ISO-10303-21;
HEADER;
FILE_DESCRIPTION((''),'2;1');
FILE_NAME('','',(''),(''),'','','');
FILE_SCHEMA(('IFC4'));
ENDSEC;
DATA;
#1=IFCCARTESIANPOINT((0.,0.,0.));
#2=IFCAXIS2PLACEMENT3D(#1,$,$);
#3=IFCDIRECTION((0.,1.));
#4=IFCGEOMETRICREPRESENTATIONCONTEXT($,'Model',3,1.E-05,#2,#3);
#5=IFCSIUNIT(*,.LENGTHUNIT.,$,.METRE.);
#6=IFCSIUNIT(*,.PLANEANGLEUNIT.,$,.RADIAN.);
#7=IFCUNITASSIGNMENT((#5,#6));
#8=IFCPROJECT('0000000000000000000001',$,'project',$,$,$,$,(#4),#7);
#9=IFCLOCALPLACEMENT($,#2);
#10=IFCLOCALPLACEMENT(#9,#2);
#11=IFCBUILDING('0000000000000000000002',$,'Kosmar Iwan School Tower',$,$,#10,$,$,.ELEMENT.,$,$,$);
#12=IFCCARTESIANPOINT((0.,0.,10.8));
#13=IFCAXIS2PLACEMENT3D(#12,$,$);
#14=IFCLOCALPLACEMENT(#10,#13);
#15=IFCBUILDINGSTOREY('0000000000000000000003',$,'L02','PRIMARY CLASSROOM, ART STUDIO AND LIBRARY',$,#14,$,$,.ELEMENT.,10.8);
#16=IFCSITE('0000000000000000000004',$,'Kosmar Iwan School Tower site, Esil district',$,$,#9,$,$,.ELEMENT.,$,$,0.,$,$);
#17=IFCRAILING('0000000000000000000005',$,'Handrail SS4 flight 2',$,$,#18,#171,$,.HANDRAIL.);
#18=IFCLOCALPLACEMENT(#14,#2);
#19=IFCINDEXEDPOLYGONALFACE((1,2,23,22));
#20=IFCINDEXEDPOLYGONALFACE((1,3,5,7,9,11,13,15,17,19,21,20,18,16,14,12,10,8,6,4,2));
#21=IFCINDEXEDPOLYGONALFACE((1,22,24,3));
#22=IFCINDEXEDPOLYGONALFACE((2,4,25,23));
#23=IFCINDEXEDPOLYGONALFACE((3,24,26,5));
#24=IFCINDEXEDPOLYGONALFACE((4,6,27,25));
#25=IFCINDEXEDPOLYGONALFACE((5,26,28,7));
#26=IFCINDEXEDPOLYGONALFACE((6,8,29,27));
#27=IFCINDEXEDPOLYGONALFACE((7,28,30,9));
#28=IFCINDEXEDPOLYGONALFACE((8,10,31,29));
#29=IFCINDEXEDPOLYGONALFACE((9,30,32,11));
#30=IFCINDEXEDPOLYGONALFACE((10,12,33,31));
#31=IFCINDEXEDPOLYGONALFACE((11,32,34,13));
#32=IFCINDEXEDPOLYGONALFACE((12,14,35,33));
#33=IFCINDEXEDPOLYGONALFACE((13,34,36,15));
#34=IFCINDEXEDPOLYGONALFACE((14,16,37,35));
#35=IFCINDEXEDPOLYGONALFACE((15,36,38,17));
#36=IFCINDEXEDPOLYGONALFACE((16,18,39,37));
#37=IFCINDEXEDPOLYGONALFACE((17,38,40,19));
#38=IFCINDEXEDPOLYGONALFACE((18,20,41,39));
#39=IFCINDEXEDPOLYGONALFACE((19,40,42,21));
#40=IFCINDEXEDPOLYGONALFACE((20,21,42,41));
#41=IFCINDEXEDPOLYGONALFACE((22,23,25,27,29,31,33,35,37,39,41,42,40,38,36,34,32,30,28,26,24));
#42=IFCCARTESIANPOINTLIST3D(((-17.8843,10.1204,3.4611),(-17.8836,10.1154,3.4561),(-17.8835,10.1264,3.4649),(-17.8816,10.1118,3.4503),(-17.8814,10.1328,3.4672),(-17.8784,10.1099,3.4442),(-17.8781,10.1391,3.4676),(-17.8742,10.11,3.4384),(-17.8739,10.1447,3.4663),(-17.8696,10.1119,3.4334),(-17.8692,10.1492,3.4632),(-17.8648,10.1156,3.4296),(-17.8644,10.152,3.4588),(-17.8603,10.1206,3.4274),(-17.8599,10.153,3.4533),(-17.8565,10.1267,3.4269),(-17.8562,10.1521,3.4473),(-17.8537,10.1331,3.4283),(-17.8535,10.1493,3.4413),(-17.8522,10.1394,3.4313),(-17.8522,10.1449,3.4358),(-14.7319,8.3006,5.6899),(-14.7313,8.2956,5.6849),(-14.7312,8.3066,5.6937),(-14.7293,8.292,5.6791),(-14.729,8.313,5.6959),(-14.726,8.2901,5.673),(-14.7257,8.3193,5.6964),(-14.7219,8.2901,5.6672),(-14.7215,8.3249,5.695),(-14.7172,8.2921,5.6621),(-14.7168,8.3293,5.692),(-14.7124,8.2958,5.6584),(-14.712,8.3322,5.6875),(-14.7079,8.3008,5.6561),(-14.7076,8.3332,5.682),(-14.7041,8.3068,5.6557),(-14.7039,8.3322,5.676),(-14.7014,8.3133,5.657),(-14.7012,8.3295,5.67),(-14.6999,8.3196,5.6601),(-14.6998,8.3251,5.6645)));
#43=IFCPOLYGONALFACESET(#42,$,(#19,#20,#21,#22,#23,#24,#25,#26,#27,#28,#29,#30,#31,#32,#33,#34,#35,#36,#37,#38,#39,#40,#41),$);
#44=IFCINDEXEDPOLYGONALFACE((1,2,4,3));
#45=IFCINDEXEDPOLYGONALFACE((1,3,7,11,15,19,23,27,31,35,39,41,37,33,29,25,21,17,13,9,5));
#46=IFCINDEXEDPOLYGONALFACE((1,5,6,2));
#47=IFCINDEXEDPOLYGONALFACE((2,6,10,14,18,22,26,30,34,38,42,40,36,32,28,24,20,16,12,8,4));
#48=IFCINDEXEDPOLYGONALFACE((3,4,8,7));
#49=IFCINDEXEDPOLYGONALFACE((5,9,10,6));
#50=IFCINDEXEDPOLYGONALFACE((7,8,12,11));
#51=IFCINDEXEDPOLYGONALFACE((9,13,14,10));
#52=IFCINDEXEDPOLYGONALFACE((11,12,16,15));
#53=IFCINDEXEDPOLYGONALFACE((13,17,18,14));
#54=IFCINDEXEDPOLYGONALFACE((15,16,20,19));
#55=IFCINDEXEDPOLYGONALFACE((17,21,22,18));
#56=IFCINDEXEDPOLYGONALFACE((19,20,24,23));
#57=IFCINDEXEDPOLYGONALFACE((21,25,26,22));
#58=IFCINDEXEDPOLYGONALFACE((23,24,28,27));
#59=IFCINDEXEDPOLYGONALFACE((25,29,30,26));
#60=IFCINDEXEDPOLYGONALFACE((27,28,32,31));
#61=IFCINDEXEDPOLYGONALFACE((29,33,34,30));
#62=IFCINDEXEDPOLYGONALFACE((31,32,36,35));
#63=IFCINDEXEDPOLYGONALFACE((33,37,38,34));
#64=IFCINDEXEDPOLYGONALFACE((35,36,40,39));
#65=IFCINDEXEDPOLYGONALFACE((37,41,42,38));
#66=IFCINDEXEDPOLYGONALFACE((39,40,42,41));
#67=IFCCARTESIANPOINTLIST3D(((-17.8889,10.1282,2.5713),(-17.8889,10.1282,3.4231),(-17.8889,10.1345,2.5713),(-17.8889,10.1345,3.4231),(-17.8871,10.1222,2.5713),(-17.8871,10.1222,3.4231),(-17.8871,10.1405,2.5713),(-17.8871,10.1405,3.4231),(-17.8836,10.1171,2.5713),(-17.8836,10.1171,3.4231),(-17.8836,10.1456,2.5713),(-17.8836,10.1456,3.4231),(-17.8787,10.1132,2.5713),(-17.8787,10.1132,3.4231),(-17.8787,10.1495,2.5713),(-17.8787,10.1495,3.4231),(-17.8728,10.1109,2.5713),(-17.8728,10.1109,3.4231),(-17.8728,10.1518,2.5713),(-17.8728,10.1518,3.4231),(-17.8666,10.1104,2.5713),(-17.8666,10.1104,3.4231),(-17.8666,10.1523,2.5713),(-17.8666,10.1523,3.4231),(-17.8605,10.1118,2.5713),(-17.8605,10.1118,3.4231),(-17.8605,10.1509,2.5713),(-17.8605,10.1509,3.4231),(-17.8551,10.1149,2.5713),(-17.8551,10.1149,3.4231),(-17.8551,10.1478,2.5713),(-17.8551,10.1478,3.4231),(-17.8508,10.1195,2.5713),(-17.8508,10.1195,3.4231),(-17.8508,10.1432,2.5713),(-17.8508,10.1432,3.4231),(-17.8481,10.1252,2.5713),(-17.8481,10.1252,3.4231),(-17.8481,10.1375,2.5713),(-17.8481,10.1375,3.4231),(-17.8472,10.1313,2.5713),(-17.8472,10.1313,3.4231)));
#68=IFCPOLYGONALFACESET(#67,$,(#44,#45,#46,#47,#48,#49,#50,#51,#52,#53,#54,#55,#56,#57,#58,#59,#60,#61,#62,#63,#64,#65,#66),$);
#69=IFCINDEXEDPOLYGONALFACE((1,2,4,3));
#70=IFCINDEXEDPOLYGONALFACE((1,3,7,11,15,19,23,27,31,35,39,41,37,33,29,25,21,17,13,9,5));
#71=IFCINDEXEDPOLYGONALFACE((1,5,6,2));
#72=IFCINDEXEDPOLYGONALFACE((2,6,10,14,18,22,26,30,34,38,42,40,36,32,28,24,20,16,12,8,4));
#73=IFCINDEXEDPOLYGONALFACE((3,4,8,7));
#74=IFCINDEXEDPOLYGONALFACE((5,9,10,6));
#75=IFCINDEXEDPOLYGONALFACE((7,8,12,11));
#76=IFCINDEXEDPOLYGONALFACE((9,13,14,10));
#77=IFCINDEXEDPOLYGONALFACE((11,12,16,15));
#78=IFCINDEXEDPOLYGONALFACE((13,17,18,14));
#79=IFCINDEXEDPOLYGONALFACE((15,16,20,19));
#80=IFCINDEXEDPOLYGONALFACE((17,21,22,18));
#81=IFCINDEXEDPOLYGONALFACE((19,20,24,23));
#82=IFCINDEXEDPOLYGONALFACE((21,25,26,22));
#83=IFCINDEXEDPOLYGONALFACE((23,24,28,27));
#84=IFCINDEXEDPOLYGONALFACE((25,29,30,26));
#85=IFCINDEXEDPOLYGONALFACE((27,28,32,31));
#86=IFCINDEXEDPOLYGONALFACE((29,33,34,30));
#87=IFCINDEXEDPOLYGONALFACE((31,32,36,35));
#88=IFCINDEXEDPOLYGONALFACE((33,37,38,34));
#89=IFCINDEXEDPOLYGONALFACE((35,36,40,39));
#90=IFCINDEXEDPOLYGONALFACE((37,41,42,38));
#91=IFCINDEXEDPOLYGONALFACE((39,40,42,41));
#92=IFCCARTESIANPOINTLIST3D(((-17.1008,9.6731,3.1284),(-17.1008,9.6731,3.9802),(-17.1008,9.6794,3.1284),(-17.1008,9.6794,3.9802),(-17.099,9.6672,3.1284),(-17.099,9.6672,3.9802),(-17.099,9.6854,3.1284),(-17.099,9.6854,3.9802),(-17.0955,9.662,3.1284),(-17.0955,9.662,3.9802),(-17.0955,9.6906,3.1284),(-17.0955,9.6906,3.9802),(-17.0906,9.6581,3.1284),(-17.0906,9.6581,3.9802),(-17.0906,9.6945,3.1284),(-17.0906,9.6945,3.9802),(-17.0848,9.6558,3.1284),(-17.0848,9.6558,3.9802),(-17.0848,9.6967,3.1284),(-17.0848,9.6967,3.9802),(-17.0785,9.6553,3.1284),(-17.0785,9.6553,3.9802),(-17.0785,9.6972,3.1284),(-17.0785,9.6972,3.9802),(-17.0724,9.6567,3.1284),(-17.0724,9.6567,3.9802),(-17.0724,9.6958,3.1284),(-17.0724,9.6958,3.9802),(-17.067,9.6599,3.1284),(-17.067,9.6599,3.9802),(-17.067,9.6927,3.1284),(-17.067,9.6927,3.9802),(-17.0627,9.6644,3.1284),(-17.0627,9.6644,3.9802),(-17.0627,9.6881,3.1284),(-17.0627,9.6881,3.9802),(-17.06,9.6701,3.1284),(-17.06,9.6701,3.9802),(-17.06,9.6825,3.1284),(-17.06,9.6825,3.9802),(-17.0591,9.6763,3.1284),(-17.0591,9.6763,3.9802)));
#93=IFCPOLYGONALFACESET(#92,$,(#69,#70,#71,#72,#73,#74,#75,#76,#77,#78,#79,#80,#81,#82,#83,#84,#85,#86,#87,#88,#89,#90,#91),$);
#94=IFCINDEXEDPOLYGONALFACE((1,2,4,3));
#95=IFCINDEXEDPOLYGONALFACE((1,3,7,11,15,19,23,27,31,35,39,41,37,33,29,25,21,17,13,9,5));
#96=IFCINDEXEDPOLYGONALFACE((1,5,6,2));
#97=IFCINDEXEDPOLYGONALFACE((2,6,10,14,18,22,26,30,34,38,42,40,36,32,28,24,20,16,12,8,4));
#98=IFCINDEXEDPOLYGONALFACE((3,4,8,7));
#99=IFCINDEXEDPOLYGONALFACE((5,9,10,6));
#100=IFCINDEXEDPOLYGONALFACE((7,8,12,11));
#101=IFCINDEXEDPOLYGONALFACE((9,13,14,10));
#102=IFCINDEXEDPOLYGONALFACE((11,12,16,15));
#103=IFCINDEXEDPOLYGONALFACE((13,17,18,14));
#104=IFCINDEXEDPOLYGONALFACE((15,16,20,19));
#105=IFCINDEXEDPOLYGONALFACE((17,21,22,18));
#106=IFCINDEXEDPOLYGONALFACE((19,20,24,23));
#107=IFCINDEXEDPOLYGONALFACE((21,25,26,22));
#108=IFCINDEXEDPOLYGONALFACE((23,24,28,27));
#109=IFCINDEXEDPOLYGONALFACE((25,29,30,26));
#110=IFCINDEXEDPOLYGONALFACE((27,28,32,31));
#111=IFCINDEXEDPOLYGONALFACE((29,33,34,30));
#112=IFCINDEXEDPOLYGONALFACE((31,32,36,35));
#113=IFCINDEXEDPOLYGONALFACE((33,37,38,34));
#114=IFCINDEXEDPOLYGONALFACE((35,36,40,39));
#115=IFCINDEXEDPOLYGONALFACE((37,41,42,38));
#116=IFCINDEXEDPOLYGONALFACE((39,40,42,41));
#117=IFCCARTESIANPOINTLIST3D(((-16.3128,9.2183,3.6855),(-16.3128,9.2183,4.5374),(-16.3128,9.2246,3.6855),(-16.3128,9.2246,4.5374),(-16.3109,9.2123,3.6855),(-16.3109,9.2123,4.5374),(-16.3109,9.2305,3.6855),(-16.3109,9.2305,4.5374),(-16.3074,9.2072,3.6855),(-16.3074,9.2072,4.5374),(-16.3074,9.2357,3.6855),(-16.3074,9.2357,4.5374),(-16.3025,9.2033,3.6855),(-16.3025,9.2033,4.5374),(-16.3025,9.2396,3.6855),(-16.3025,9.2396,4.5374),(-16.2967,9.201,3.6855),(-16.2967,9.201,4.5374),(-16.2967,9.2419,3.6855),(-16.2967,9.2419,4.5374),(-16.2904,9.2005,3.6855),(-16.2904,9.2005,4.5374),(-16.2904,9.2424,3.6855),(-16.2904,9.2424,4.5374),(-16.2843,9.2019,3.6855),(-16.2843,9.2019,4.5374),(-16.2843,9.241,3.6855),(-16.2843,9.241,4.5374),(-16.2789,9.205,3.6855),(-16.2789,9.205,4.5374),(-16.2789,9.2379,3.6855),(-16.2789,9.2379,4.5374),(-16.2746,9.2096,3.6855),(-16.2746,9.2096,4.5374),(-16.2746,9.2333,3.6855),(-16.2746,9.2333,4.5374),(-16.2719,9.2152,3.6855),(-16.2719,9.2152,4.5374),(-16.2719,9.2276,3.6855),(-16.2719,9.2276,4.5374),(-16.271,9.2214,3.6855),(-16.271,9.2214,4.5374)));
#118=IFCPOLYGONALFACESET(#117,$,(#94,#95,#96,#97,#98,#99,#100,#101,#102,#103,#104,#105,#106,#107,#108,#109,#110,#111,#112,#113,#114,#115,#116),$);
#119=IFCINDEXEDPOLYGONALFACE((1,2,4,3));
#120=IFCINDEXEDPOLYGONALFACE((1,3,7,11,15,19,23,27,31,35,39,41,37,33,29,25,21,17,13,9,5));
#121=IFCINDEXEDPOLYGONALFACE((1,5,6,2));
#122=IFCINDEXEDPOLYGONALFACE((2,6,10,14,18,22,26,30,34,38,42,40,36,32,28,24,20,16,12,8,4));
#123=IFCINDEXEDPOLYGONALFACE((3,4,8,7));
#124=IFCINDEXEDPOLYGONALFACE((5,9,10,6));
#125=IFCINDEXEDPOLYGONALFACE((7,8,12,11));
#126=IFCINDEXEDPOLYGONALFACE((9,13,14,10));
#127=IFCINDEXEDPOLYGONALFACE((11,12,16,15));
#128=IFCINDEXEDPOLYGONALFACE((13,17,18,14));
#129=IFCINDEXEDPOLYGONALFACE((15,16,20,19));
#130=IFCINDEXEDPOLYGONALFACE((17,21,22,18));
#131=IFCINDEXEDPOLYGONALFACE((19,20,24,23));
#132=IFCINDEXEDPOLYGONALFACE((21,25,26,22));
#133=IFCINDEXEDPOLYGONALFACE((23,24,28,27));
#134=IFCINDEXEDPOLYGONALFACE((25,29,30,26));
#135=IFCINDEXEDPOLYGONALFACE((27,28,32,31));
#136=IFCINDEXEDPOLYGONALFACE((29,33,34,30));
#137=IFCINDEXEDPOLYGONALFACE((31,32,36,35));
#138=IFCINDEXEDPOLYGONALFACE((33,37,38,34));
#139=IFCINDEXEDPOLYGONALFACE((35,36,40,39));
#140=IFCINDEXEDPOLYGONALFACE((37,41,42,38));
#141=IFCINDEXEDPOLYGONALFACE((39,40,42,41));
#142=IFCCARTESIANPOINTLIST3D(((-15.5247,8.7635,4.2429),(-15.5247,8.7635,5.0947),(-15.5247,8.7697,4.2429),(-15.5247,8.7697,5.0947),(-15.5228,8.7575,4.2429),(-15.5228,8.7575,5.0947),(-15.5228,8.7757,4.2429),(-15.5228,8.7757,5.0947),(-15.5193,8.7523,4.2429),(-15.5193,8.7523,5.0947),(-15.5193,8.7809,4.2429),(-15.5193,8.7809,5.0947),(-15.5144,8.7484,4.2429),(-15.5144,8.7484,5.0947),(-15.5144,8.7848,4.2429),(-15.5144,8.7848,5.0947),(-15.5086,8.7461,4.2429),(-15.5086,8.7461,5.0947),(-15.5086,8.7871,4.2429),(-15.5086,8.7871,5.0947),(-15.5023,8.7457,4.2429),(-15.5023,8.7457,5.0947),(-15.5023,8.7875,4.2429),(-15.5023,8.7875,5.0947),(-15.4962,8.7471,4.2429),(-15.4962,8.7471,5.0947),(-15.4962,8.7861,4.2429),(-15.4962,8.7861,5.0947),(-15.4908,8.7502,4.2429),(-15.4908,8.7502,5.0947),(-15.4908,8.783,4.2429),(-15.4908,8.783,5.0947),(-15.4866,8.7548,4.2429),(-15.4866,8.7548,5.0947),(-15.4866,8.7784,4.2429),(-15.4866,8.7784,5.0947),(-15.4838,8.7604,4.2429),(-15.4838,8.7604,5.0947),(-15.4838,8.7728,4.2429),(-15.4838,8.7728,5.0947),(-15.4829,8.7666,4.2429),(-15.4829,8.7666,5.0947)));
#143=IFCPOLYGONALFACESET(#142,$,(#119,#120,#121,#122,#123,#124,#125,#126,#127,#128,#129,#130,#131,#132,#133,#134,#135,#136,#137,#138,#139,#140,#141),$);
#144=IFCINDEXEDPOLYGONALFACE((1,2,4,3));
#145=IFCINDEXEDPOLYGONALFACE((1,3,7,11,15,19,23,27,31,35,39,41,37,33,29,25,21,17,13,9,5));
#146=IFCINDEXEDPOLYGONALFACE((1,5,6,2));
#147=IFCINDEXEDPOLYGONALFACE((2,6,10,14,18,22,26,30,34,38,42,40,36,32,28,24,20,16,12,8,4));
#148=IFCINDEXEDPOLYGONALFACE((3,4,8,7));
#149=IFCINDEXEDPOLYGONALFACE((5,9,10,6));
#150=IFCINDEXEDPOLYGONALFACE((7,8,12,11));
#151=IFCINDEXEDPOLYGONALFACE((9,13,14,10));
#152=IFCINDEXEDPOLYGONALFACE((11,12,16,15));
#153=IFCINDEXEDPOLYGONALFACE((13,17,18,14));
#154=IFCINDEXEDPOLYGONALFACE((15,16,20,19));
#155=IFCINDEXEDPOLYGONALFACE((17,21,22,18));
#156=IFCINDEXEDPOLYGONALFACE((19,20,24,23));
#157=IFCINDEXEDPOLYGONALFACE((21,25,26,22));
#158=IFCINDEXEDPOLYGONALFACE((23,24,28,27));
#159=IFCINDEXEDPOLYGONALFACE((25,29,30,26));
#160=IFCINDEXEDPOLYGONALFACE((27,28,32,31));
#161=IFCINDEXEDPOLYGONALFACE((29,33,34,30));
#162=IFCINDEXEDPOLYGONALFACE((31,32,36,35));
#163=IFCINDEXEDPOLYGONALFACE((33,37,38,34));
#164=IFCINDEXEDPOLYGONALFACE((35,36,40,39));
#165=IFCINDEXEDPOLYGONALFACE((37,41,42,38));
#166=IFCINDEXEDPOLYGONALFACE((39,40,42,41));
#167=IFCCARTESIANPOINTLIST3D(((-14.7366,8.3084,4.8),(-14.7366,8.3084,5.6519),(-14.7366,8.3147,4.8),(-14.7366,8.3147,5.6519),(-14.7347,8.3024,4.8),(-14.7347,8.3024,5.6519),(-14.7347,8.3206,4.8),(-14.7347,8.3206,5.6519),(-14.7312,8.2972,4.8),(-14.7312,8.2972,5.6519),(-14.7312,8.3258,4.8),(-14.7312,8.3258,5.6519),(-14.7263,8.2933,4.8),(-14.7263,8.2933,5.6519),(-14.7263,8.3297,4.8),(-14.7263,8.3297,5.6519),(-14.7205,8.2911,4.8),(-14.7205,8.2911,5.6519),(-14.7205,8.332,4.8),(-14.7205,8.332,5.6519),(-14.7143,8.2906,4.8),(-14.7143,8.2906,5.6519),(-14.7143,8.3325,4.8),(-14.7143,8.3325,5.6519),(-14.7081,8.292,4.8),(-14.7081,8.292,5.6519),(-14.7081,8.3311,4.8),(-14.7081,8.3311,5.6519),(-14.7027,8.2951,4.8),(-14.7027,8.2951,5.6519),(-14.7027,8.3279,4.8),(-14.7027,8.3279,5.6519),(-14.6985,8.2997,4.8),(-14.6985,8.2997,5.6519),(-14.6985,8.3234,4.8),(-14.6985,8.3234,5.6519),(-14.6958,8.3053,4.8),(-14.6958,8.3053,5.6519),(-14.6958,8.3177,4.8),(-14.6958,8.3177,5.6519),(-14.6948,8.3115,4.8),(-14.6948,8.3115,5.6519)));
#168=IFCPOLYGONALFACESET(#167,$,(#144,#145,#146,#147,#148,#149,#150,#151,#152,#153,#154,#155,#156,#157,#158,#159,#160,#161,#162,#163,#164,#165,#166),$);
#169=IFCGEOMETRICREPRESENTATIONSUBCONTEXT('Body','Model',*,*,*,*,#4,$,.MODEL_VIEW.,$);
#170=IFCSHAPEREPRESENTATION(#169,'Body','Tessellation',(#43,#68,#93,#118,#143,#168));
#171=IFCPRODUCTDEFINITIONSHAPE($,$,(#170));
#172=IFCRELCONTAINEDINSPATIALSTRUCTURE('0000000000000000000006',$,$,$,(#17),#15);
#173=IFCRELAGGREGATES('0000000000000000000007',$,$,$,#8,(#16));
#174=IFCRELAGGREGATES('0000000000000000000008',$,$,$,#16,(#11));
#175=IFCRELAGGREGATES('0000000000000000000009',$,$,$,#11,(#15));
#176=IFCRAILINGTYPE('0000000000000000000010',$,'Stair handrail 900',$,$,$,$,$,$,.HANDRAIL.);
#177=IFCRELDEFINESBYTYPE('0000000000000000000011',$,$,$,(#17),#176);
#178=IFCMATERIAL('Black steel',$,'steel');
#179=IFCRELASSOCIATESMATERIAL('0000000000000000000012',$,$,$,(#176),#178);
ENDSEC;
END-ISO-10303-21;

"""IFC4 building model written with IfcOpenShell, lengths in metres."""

from ifc_helpers import new_model, si_unit, direction, frame, origin, origin_2d, place, context, subcontext, project, spatial, circle, extrude, material, type_object, element, save


model = new_model("IFC4")

# Units and contexts
model_context = context("Model", 3, precision=1e-05, world=origin(), true_north=direction((0.0, 1.0)))
body_context = subcontext(model_context, "Body", "Model", "MODEL_VIEW")
ifc_project = project(units=[si_unit("LENGTHUNIT", "METRE"), si_unit("PLANEANGLEUNIT", "RADIAN")], contexts=[model_context])

# Site, building, storey
site_placement = place(None, origin())
site = spatial("IfcSite", under=ifc_project, at=site_placement, Name="Kosmar Iwan School Tower site, Esil district", CompositionType="ELEMENT", RefElevation=0.0)
building_placement = place(site_placement, origin())
building = spatial("IfcBuilding", under=site, at=building_placement, Name="Kosmar Iwan School Tower", CompositionType="ELEMENT")
storey_placement = place(building_placement, frame((0.0, 0.0, 10.8)))
storey = spatial("IfcBuildingStorey", under=building, at=storey_placement, Name="L02", Description="PRIMARY CLASSROOM, ART STUDIO AND LIBRARY", CompositionType="ELEMENT", Elevation=10.8)

# Railing
ifc_material_1 = material(Name="Black steel", Category="steel")
railing_type = type_object("IfcRailingType", Name="Stair handrail 900", PredefinedType="HANDRAIL", material=ifc_material_1)
railing_1_placement = place(storey_placement, frame((-17.8682, 10.1313, 2.5713)))
element("IfcRailing", 1, at=railing_1_placement, inside=storey, type_object=railing_type, Name="Handrail SS4 flight 2", PredefinedType="HANDRAIL", context=body_context, shape_type="SweptSolid", body=[
    extrude(circle(Radius=0.0239, at=origin_2d()), frame((0.0, 0.0, 0.876), z_axis=(0.738588, -0.426381, 0.522194), x_axis=(0.499962, 0.866047, 0.0)), (0.0, 0.0, 1.0), 4.2681),
    extrude(circle(Radius=0.021, at=origin_2d()), origin(), (0.0, 0.0, 1.0), 0.8518),
    extrude(circle(Radius=0.021, at=origin_2d()), frame((0.7881, -0.4551, 0.5571)), (0.0, 0.0, 1.0), 0.8518),
    extrude(circle(Radius=0.021, at=origin_2d()), frame((1.5762, -0.9099, 1.1143)), (0.0, 0.0, 1.0), 0.8518),
    extrude(circle(Radius=0.021, at=origin_2d()), frame((2.3643, -1.3647, 1.6716)), (0.0, 0.0, 1.0), 0.8518),
    extrude(circle(Radius=0.021, at=origin_2d()), frame((3.1523, -1.8198, 2.2288)), (0.0, 0.0, 1.0), 0.8518),
])

save(model, "model.ifc")
